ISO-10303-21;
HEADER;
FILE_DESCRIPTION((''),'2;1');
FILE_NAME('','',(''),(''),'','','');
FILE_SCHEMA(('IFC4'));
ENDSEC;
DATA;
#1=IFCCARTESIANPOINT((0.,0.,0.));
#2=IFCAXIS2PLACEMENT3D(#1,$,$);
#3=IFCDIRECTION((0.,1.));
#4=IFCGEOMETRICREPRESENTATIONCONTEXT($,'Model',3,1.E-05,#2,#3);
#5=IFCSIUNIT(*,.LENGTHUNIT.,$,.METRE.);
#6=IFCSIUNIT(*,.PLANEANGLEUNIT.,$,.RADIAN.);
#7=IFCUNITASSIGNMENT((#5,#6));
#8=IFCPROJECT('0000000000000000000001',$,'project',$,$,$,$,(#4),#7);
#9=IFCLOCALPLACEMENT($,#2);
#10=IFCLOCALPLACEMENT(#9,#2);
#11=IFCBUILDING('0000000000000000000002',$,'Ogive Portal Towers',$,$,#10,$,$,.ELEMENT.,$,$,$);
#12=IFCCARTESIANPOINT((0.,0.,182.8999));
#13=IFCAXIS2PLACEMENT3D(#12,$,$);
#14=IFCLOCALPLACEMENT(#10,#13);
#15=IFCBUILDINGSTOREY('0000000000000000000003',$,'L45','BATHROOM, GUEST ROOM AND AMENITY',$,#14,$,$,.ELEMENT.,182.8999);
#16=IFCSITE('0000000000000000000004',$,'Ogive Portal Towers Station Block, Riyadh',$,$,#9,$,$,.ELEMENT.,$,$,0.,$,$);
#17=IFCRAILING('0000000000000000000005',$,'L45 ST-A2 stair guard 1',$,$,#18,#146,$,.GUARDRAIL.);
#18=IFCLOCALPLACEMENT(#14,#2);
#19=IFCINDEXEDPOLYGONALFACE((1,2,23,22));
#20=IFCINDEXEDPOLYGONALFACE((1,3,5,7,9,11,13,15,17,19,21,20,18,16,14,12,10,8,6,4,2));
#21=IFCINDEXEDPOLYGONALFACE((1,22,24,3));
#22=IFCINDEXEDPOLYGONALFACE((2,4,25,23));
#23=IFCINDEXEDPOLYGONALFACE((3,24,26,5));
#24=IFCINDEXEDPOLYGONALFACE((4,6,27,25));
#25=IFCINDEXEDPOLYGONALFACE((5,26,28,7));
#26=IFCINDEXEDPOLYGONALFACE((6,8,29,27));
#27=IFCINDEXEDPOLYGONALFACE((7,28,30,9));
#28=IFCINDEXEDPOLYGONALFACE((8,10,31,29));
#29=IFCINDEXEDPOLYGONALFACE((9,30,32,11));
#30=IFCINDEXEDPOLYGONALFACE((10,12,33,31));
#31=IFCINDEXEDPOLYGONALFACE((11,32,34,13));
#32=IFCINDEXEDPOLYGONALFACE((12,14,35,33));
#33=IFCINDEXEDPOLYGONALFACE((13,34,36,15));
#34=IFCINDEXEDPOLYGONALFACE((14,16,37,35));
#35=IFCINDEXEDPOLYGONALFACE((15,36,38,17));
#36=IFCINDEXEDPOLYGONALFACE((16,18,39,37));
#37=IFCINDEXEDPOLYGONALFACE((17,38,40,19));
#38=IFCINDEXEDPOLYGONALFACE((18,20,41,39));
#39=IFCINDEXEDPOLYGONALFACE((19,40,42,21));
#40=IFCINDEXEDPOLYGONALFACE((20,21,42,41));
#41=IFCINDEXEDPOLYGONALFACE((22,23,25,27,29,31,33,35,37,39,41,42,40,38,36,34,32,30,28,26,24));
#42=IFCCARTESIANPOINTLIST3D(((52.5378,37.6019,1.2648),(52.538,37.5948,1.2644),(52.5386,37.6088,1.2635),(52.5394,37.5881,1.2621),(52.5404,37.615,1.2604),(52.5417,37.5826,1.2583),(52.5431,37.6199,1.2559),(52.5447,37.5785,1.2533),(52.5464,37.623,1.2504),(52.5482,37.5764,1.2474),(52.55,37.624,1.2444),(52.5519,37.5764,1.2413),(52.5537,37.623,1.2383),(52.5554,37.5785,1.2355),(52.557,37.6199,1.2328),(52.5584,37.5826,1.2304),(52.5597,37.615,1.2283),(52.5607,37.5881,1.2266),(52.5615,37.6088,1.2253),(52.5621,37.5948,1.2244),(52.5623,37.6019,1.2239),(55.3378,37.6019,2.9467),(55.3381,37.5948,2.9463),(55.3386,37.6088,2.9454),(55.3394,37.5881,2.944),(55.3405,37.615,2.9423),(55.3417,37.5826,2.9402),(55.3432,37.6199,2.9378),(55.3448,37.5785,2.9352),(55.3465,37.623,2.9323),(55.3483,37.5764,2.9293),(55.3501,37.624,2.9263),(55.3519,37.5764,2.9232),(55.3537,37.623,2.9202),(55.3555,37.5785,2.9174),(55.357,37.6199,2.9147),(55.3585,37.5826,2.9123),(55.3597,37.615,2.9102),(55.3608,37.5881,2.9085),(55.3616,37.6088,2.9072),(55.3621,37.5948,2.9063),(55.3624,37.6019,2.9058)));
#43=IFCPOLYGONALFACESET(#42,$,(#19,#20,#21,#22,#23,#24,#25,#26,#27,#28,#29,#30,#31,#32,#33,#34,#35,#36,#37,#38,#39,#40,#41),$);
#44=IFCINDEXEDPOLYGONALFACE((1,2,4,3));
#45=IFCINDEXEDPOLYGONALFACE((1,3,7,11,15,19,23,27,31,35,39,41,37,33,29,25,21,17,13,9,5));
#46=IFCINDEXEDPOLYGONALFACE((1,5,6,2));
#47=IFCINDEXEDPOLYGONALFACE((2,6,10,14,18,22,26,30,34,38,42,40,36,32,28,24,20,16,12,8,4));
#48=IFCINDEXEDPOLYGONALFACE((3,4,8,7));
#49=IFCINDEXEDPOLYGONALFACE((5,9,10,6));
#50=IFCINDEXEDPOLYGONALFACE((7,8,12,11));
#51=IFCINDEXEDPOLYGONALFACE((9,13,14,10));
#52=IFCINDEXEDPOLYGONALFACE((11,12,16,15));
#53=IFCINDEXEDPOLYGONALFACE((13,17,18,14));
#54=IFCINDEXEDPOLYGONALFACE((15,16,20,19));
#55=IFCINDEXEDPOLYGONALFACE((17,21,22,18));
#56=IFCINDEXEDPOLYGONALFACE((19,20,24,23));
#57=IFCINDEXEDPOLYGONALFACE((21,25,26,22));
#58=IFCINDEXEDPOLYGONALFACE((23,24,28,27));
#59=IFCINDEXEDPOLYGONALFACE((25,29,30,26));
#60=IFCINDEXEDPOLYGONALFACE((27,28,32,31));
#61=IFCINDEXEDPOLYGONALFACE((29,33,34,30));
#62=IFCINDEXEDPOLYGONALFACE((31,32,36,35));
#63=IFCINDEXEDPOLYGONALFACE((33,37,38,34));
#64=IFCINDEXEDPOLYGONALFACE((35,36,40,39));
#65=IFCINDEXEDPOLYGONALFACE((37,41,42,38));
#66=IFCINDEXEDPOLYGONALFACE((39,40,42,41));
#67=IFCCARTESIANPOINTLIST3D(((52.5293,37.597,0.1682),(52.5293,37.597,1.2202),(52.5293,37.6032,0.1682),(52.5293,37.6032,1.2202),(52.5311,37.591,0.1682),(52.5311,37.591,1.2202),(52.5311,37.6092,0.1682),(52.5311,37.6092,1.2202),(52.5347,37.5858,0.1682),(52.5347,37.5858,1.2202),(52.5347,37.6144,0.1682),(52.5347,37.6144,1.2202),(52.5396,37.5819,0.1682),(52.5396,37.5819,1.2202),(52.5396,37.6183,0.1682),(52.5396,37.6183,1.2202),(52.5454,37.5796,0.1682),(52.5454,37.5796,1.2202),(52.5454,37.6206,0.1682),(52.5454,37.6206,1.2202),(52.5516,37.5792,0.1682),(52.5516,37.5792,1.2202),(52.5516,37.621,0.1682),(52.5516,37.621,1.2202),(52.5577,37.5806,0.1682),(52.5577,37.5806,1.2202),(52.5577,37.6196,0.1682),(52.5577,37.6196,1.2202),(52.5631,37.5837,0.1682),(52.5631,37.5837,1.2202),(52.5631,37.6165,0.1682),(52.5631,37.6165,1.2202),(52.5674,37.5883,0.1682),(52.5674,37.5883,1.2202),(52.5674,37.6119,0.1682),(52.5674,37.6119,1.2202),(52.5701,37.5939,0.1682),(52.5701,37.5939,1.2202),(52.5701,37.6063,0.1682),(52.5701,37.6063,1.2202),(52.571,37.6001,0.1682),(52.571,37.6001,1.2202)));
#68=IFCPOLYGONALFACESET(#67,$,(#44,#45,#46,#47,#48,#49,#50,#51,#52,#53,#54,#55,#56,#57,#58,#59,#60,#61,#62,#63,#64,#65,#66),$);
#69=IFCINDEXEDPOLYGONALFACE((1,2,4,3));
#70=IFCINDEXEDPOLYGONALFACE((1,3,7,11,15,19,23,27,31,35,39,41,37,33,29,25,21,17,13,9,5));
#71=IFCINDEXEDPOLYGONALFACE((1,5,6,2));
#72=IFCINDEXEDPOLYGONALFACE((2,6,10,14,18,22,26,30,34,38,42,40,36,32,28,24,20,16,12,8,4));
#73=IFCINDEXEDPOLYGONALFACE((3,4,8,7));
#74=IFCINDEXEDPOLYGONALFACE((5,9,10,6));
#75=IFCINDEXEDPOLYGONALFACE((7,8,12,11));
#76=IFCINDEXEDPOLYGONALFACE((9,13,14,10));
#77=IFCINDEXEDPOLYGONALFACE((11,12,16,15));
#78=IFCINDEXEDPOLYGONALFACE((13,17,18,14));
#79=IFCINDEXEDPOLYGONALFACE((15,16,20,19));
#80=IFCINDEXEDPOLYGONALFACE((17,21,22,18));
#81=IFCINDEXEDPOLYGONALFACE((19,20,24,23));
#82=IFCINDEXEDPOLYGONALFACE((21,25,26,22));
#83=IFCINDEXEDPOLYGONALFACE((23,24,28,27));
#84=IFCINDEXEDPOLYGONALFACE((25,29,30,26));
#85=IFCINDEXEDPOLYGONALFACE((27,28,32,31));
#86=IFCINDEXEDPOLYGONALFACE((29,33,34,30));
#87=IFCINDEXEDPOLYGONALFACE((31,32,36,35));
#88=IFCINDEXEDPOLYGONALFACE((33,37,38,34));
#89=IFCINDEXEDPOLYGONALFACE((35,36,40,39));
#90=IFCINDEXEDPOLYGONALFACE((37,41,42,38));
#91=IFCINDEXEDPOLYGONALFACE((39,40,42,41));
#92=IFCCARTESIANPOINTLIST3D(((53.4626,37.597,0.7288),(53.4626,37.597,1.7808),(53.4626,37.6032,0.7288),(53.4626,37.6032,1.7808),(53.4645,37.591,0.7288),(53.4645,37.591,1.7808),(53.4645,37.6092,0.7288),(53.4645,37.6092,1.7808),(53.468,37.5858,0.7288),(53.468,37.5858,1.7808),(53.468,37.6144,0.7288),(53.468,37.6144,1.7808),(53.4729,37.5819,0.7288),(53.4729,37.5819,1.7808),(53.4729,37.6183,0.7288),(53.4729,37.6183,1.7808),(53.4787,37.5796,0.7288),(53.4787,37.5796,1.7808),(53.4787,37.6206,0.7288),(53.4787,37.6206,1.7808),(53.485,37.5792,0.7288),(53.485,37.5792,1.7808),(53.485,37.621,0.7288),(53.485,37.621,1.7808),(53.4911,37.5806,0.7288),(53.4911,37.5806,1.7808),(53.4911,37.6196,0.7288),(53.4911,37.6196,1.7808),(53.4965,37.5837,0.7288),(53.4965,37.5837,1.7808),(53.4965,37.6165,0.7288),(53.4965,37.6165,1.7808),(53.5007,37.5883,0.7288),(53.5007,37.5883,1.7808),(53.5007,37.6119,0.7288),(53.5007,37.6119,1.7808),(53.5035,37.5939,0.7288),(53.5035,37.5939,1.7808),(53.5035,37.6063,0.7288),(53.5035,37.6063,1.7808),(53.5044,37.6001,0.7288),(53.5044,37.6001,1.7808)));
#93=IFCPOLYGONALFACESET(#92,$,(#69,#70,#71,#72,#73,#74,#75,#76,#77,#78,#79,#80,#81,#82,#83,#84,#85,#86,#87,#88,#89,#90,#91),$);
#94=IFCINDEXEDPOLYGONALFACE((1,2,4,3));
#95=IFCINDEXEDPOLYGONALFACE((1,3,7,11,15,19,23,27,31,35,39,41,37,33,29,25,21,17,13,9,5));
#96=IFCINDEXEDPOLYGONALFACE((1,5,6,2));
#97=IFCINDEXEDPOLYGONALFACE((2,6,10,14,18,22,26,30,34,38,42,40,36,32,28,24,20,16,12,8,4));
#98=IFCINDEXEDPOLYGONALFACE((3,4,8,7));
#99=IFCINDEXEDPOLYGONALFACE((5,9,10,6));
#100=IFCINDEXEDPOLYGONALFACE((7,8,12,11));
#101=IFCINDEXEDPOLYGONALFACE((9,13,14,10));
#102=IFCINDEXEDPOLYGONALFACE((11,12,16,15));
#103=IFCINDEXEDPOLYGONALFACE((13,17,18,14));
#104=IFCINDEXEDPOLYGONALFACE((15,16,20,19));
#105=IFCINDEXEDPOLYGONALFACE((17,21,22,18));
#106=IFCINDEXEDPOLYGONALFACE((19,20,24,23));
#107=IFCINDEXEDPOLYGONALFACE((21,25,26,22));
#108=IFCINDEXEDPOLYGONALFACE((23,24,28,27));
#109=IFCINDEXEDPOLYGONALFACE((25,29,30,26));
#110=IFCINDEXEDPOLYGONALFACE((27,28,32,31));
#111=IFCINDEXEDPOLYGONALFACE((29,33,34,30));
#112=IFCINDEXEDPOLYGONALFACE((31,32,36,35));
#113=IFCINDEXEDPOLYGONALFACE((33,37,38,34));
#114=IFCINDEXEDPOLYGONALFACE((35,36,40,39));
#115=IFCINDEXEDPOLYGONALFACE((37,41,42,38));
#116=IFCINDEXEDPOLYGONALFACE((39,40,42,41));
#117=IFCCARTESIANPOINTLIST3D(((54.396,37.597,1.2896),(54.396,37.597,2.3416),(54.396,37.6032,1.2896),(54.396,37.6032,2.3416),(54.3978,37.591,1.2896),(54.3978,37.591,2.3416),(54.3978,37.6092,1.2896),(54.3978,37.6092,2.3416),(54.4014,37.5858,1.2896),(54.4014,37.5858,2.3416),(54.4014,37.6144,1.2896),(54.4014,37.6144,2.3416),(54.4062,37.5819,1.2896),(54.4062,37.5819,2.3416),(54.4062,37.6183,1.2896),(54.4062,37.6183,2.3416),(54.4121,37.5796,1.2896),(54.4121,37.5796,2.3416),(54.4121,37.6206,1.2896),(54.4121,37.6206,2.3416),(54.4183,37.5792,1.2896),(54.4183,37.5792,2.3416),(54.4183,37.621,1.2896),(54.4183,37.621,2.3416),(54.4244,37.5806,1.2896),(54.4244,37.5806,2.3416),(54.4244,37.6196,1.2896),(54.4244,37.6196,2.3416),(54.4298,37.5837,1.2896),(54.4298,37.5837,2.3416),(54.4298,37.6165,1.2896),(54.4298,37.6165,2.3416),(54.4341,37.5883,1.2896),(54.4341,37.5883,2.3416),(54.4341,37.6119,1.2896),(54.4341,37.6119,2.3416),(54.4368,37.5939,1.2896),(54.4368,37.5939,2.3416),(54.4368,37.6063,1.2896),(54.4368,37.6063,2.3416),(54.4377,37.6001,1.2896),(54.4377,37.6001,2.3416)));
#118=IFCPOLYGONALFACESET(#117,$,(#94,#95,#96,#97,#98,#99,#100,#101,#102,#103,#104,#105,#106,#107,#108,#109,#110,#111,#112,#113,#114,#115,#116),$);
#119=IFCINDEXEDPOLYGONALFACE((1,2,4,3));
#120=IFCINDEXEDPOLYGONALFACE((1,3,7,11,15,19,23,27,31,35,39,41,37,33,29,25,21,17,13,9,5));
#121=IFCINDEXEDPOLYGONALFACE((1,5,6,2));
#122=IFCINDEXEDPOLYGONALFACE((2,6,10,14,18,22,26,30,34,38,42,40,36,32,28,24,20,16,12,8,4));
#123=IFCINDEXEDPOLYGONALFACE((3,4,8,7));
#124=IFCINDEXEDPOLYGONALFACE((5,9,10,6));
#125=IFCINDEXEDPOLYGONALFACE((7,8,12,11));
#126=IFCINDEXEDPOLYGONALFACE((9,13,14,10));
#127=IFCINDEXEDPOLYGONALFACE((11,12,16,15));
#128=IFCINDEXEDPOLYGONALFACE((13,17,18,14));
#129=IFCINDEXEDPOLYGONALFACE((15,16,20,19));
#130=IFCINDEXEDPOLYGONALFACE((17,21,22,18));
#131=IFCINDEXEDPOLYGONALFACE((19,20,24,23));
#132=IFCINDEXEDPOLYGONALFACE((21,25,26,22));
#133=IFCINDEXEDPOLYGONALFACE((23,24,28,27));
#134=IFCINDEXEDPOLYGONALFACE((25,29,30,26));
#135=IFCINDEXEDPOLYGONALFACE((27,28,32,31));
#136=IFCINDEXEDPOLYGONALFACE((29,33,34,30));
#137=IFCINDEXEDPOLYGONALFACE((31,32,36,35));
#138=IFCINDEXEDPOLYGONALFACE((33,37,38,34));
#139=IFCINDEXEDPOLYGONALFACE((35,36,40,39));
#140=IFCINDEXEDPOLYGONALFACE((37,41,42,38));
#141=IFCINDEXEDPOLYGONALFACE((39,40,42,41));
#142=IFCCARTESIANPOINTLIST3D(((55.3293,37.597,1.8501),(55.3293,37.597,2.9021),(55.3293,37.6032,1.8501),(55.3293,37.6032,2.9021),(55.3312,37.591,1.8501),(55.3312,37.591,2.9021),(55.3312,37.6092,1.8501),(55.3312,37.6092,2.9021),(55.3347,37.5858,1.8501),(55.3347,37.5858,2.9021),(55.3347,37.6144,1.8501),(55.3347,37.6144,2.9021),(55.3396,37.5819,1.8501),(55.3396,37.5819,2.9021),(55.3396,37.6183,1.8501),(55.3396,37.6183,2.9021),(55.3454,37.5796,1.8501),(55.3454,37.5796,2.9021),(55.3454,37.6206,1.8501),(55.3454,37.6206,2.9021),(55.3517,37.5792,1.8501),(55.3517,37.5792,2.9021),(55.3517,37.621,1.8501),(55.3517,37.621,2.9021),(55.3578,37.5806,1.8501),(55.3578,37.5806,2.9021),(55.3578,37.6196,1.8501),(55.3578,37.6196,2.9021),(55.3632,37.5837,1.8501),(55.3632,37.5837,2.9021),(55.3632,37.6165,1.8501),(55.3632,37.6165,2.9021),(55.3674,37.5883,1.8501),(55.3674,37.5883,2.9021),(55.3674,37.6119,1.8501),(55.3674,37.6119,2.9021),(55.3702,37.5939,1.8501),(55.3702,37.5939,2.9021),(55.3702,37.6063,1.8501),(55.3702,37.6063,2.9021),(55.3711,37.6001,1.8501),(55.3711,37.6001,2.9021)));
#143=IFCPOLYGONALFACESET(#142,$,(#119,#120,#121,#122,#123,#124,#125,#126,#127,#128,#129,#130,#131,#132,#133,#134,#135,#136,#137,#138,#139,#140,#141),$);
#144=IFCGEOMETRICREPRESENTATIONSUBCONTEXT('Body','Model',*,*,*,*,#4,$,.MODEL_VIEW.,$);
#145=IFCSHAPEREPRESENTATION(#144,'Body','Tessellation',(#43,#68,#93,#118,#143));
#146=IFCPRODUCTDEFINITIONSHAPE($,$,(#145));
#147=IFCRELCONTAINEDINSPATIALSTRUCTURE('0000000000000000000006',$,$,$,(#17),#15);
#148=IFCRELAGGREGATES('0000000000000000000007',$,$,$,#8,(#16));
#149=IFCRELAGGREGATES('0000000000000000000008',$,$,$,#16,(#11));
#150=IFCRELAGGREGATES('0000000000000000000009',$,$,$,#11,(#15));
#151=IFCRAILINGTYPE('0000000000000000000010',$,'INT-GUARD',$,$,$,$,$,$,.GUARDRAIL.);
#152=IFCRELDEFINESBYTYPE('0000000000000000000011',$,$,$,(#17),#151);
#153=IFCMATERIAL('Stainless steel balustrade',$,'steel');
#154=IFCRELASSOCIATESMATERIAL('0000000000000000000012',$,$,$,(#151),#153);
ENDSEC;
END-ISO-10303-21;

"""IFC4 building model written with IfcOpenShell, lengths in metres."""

from ifc_helpers import new_model, si_unit, direction, frame, origin, origin_2d, place, context, subcontext, project, spatial, circle, extrude, material, type_object, element, save


model = new_model("IFC4")

# Units and contexts
model_context = context("Model", 3, precision=1e-05, world=origin(), true_north=direction((0.0, 1.0)))
body_context = subcontext(model_context, "Body", "Model", "MODEL_VIEW")
ifc_project = project(units=[si_unit("LENGTHUNIT", "METRE"), si_unit("PLANEANGLEUNIT", "RADIAN")], contexts=[model_context])

# Site, building, storey
site_placement = place(None, origin())
site = spatial("IfcSite", under=ifc_project, at=site_placement, Name="Ogive Portal Towers Station Block, Riyadh", CompositionType="ELEMENT", RefElevation=0.0)
building_placement = place(site_placement, origin())
building = spatial("IfcBuilding", under=site, at=building_placement, Name="Ogive Portal Towers", CompositionType="ELEMENT")
storey_placement = place(building_placement, frame((0.0, 0.0, 182.8999)))
storey = spatial("IfcBuildingStorey", under=building, at=storey_placement, Name="L45", Description="BATHROOM, GUEST ROOM AND AMENITY", CompositionType="ELEMENT", Elevation=182.8999)

# Railing
ifc_material_1 = material(Name="Stainless steel balustrade", Category="steel")
railing_type_1 = type_object("IfcRailingType", Name="INT-GUARD", PredefinedType="GUARDRAIL", material=ifc_material_1)
railing_1_placement = place(storey_placement, frame((52.55, 37.6001, 0.1682)))
element("IfcRailing", 1, at=railing_1_placement, inside=storey, type_object=railing_type_1, Name="L45 ST-A2 stair guard 1", PredefinedType="GUARDRAIL", context=body_context, shape_type="SweptSolid", body=[
    extrude(circle(Radius=0.0239, at=origin_2d()), frame((0.0, 0.0, 1.0762), z_axis=(0.857242, 0.0, 0.514913), x_axis=(0.0, 1.0, 0.0)), (0.0, 0.0, 1.0), 3.2664),
    extrude(circle(Radius=0.021, at=origin_2d()), origin(), (0.0, 0.0, 1.0), 1.052),
    extrude(circle(Radius=0.021, at=origin_2d()), frame((0.9333, 0.0, 0.5605)), (0.0, 0.0, 1.0), 1.052),
    extrude(circle(Radius=0.021, at=origin_2d()), frame((1.8667, 0.0, 1.1213)), (0.0, 0.0, 1.0), 1.052),
    extrude(circle(Radius=0.021, at=origin_2d()), frame((2.8, 0.0, 1.6819)), (0.0, 0.0, 1.0), 1.052),
])

save(model, "model.ifc")
